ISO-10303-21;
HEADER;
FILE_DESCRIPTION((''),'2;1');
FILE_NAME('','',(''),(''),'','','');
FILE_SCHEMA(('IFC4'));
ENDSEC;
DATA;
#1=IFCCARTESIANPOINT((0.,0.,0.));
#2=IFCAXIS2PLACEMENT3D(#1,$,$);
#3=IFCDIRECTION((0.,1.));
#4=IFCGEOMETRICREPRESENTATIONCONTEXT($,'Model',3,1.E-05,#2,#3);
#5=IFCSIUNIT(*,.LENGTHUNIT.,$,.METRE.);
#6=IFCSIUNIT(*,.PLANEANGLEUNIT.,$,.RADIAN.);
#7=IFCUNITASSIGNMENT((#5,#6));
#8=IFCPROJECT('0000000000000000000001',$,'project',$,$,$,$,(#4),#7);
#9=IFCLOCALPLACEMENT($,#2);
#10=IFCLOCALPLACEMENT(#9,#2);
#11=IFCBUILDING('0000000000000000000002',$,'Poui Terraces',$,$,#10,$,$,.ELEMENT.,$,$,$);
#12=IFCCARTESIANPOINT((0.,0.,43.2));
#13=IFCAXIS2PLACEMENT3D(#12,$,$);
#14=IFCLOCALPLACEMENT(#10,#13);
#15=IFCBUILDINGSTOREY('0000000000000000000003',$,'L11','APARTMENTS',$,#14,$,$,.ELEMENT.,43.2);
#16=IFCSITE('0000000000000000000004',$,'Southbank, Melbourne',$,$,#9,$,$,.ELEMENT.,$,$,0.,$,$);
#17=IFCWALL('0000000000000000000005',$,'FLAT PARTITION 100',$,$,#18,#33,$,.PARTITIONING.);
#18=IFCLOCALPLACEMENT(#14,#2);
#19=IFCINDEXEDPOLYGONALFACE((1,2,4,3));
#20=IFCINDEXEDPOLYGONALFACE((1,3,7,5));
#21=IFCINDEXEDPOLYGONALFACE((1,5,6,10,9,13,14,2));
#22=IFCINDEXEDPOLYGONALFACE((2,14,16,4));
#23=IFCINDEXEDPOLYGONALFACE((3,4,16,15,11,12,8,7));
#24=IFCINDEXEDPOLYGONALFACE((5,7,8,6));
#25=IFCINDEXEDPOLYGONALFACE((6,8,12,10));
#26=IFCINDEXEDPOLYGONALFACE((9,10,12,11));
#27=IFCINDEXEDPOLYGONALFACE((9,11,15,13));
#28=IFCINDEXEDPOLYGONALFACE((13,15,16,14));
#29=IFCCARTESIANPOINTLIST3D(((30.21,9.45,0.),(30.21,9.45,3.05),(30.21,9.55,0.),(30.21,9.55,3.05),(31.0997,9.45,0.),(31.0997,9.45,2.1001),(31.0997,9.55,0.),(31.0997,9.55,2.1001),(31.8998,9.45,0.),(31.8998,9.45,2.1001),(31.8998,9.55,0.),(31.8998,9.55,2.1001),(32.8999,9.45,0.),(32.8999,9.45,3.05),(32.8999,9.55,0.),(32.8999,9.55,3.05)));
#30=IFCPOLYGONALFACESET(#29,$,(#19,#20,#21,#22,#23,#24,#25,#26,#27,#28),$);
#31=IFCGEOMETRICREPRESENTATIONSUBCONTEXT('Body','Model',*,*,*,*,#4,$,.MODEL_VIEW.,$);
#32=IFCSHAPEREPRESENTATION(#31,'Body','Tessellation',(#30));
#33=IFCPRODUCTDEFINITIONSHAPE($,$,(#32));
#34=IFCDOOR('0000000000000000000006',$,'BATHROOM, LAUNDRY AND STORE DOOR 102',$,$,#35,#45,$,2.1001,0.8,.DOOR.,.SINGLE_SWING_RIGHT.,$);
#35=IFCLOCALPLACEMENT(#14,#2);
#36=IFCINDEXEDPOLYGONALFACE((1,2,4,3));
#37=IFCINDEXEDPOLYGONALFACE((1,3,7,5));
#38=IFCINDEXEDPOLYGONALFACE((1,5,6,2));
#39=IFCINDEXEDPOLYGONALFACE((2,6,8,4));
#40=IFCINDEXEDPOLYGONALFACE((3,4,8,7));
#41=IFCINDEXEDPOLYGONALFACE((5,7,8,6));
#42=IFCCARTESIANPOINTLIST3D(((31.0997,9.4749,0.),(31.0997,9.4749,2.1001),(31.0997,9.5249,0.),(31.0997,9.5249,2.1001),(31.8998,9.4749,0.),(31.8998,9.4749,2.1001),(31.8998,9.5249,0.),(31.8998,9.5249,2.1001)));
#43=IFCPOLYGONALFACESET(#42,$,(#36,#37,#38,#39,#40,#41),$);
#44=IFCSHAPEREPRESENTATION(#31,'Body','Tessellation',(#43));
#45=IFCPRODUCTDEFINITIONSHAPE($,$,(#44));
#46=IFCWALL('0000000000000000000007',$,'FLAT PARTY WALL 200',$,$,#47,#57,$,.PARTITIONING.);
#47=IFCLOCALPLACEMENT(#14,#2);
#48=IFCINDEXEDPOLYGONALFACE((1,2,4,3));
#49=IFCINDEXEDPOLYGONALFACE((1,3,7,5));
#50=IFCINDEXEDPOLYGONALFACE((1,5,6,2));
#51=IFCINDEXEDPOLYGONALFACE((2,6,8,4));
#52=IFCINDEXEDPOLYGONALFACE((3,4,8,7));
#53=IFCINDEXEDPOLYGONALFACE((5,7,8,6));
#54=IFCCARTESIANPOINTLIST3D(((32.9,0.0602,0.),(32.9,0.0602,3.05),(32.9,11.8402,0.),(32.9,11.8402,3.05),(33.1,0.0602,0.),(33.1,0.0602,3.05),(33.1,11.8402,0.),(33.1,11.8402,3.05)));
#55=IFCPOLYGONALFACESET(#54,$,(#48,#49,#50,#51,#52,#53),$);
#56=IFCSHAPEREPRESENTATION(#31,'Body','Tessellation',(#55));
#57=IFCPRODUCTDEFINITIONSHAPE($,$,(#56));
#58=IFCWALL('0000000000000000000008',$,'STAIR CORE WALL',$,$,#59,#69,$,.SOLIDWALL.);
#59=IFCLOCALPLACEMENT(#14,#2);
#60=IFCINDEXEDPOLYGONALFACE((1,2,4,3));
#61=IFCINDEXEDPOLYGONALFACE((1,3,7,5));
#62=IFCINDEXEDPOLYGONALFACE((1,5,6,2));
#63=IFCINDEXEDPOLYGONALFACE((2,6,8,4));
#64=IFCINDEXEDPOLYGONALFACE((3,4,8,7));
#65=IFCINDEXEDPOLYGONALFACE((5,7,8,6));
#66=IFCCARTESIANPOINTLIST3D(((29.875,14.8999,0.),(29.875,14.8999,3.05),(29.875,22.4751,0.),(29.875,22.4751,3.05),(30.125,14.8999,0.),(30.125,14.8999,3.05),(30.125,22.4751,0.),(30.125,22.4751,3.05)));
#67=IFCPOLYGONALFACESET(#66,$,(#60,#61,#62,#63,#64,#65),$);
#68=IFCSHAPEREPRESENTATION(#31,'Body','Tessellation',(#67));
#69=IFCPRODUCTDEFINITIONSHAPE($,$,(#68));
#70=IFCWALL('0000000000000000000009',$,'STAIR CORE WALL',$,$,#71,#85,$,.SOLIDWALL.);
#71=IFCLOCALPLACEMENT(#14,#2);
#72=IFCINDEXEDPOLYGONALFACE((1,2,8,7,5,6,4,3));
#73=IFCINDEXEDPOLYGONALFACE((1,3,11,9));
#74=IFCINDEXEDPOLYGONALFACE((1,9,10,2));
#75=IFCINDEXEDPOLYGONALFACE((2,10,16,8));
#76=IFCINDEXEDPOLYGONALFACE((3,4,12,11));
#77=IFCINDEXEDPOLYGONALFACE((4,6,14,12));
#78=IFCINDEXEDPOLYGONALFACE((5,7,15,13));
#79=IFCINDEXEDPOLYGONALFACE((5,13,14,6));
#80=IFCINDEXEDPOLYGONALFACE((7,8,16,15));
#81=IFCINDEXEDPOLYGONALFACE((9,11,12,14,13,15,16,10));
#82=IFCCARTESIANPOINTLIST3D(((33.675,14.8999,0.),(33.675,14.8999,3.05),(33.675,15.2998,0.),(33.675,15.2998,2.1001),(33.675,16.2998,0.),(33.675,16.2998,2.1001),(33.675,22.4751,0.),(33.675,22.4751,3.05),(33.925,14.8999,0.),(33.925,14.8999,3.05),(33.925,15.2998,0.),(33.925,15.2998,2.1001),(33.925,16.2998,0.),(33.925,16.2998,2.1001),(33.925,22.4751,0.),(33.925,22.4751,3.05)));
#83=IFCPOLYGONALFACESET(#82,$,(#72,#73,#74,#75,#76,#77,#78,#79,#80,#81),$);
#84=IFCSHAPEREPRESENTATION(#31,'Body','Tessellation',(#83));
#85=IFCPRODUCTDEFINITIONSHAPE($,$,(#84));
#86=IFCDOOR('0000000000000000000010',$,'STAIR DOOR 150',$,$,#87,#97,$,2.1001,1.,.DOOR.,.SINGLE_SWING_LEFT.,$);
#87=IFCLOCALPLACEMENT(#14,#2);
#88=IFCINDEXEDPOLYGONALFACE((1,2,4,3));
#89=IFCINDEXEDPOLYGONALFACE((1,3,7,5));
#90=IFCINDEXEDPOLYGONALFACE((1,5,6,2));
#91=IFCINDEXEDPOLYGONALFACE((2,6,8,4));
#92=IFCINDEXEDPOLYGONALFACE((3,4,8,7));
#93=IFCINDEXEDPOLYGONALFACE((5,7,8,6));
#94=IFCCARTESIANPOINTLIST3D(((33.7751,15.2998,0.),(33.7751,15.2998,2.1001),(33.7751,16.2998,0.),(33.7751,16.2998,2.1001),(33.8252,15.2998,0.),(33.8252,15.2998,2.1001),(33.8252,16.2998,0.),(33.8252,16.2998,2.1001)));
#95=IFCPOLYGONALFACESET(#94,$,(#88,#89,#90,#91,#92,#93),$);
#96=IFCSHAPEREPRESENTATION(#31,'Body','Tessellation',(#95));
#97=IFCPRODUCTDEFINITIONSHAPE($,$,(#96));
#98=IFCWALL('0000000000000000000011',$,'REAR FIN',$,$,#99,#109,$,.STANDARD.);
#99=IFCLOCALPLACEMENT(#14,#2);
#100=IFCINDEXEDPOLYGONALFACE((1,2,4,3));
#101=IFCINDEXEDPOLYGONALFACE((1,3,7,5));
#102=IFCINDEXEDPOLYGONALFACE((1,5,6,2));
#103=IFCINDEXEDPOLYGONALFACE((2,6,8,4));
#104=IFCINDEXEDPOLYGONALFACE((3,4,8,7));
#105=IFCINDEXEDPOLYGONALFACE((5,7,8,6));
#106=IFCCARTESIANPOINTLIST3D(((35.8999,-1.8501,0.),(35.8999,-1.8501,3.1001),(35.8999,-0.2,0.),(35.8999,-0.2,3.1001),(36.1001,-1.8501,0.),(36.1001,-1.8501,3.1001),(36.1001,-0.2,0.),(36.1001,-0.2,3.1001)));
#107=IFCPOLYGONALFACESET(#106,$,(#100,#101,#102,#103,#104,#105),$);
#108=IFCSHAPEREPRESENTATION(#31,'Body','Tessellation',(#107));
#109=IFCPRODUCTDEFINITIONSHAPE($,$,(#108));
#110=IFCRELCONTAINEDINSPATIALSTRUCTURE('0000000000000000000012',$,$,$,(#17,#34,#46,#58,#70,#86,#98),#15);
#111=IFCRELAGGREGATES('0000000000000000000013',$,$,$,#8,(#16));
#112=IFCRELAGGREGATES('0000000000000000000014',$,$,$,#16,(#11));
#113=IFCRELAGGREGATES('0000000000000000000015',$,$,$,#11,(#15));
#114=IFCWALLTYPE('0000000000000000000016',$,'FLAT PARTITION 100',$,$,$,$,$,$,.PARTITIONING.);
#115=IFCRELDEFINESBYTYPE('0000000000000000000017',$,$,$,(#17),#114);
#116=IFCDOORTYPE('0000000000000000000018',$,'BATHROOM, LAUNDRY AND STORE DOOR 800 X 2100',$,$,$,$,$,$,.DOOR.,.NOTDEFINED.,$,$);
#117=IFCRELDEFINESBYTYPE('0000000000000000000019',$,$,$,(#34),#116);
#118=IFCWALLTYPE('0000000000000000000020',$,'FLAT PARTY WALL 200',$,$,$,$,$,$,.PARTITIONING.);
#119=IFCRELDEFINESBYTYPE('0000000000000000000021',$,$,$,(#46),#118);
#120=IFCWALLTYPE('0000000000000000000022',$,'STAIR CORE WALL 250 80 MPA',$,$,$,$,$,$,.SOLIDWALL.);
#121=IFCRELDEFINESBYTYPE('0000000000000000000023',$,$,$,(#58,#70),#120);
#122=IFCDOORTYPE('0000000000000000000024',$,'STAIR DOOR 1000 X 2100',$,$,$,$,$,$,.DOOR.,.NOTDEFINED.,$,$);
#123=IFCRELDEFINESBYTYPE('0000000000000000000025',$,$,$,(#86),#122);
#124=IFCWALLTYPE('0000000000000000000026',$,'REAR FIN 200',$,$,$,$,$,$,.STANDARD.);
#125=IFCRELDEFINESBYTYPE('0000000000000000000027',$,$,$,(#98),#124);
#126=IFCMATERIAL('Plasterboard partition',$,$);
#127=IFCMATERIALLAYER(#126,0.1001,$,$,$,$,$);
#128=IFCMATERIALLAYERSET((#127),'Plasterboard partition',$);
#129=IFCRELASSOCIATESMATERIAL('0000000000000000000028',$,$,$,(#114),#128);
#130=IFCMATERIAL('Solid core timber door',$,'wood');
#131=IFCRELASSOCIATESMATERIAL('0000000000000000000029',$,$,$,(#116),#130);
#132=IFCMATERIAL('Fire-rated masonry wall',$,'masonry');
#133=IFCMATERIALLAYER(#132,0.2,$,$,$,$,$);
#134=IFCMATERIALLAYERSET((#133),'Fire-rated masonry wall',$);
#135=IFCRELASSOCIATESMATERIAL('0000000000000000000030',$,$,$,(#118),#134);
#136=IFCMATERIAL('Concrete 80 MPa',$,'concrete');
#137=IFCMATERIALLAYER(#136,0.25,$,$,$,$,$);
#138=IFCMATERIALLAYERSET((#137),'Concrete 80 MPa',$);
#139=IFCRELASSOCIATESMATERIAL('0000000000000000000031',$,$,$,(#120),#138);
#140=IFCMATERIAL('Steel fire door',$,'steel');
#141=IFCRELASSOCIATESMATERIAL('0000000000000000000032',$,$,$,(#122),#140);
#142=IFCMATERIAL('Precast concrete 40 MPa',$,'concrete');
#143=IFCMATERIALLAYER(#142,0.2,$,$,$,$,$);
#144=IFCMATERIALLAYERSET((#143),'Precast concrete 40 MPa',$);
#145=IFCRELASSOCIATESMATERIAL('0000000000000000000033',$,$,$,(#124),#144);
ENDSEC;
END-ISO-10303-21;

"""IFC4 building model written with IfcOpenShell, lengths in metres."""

from ifc_helpers import new_model, si_unit, direction, frame, frame_2d, origin, place, context, subcontext, project, spatial, polyline, rectangle, outline, extrude, source, transform, mapped, material, layer, layer_set, type_object, element, fill, save


model = new_model("IFC4")

# Units and contexts
model_context = context("Model", 3, precision=1e-05, world=origin(), true_north=direction((0.0, 1.0)))
body_context = subcontext(model_context, "Body", "Model", "MODEL_VIEW")
ifc_project = project(units=[si_unit("LENGTHUNIT", "METRE"), si_unit("PLANEANGLEUNIT", "RADIAN")], contexts=[model_context])

# Site, building, storey
site_placement = place(None, origin())
site = spatial("IfcSite", under=ifc_project, at=site_placement, Name="Southbank, Melbourne", CompositionType="ELEMENT", RefElevation=0.0)
building_placement = place(site_placement, origin())
building = spatial("IfcBuilding", under=site, at=building_placement, Name="Poui Terraces", CompositionType="ELEMENT")
storey_placement = place(building_placement, frame((0.0, 0.0, 43.2)))
storey = spatial("IfcBuildingStorey", under=building, at=storey_placement, Name="L11", Description="APARTMENTS", CompositionType="ELEMENT", Elevation=43.2)

# Shared definitions
ifc_material_1 = material(Name="Concrete 80 MPa", Category="concrete")

# Shared definitions
ifc_material_2 = material(Name="Precast concrete 40 MPa", Category="concrete")

# Wall, opening, door
ifc_material_3 = material(Name="Steel fire door", Category="steel")
ifc_material_4 = material(Name="Solid core timber door", Category="wood")
ifc_material_5 = material(Name="Plasterboard partition")
ifc_layer_1 = layer(ifc_material_5, 0.1001)
ifc_layer_set_1 = layer_set([ifc_layer_1], Name="Plasterboard partition")
wall_type_1 = type_object("IfcWallType", Name="FLAT PARTITION 100", PredefinedType="PARTITIONING", material=ifc_layer_set_1)
door_type_1 = type_object("IfcDoorType", Name="BATHROOM, LAUNDRY AND STORE DOOR 800 X 2100", OperationType="NOTDEFINED", PredefinedType="DOOR", material=ifc_material_4)
wall_1_placement = place(storey_placement, frame((30.21, 9.5, 0.0), z_axis=(0.0, 0.0, 1.0), x_axis=(1.0, 0.0, 0.0)))
wall_1 = element("IfcWall", 1, at=wall_1_placement, inside=storey, type_object=wall_type_1, Name="FLAT PARTITION 100", PredefinedType="PARTITIONING", context=body_context, shape_type="SweptSolid", body=[
    extrude(rectangle(XDim=2.6899, YDim=0.1001, at=frame_2d((1.345, 0.0))), origin(), (0.0, 0.0, 1.0), 3.05),
])
opening_1_placement = place(wall_1_placement, frame((0.8899, 0.0, 0.0)))
opening_1 = element("IfcOpeningElement", 2, at=opening_1_placement, cuts=wall_1, PredefinedType="OPENING", context=body_context, shape_type="SweptSolid", body=[
    extrude(rectangle(XDim=0.8, YDim=2.1001, at=frame_2d((0.3999, 1.05))), frame((0.0, 0.0601, 0.0), z_axis=(0.0, -1.0, 0.0), x_axis=(1.0, 0.0, 0.0)), (0.0, 0.0, 1.0), 0.1201),
])
door_1_placement = place(opening_1_placement, origin())
door_1 = element("IfcDoor", 3, at=door_1_placement, inside=storey, type_object=door_type_1, Name="BATHROOM, LAUNDRY AND STORE DOOR 102", OperationType="SINGLE_SWING_RIGHT", OverallHeight=2.1001, OverallWidth=0.8, PredefinedType="DOOR", context=body_context, shape_type="SweptSolid", body=[
    extrude(rectangle(XDim=0.8, YDim=2.1001, at=frame_2d((0.3999, 1.05))), frame((0.0, 0.0249, 0.0), z_axis=(0.0, -1.0, 0.0), x_axis=(1.0, 0.0, 0.0)), (0.0, 0.0, 1.0), 0.05),
])
fill(opening_1, door_1)

# Walls
ifc_material_6 = material(Name="Fire-rated masonry wall", Category="masonry")
ifc_layer_2 = layer(ifc_material_6, 0.2)
ifc_layer_set_2 = layer_set([ifc_layer_2], Name="Fire-rated masonry wall")
wall_type_2 = type_object("IfcWallType", Name="FLAT PARTY WALL 200", PredefinedType="PARTITIONING", material=ifc_layer_set_2)
wall_2_placement = place(storey_placement, frame((33.0, 0.0601, 0.0), z_axis=(0.0, 0.0, 1.0), x_axis=(0.0, 1.0, 0.0)))
element("IfcWall", 4, at=wall_2_placement, inside=storey, type_object=wall_type_2, Name="FLAT PARTY WALL 200", PredefinedType="PARTITIONING", context=body_context, shape_type="SweptSolid", body=[
    extrude(rectangle(XDim=11.78, YDim=0.2, at=frame_2d((5.8901, 0.0))), origin(), (0.0, 0.0, 1.0), 3.05),
])
ifc_layer_3 = layer(ifc_material_1, 0.25)
ifc_layer_set_3 = layer_set([ifc_layer_3], Name="Concrete 80 MPa")
wall_type_3 = type_object("IfcWallType", Name="STAIR CORE WALL 250 80 MPA", PredefinedType="SOLIDWALL", material=ifc_layer_set_3)
wall_3_placement = place(storey_placement, frame((30.0, 14.8999, 0.0), z_axis=(0.0, 0.0, 1.0), x_axis=(0.0, 1.0, 0.0)))
element("IfcWall", 5, at=wall_3_placement, inside=storey, type_object=wall_type_3, Name="STAIR CORE WALL", PredefinedType="SOLIDWALL", context=body_context, shape_type="SweptSolid", body=[
    extrude(rectangle(XDim=7.5752, YDim=0.25, at=frame_2d((3.7876, 0.0))), origin(), (0.0, 0.0, 1.0), 3.05),
])

# Wall, opening, door
wall_4_placement = place(storey_placement, frame((33.8, 14.8999, 0.0), z_axis=(0.0, 0.0, 1.0), x_axis=(0.0, 1.0, 0.0)))
wall_4 = element("IfcWall", 6, at=wall_4_placement, inside=storey, type_object=wall_type_3, Name="STAIR CORE WALL", PredefinedType="SOLIDWALL", context=body_context, shape_type="SweptSolid", body=[
    extrude(rectangle(XDim=7.5752, YDim=0.25, at=frame_2d((3.7876, 0.0))), origin(), (0.0, 0.0, 1.0), 3.05),
])
opening_2_placement = place(wall_4_placement, frame((0.3999, 0.0, 0.0)))
opening_2 = element("IfcOpeningElement", 7, at=opening_2_placement, cuts=wall_4, PredefinedType="OPENING", context=body_context, shape_type="SweptSolid", body=[
    extrude(rectangle(XDim=1.0, YDim=2.1001, at=frame_2d((0.5, 1.05))), frame((0.0, 0.135, 0.0), z_axis=(0.0, -1.0, 0.0), x_axis=(1.0, 0.0, 0.0)), (0.0, 0.0, 1.0), 0.27),
])
door_type_2 = type_object("IfcDoorType", Name="STAIR DOOR 1000 X 2100", OperationType="NOTDEFINED", PredefinedType="DOOR", material=ifc_material_3)
door_2_placement = place(opening_2_placement, origin())
door_2 = element("IfcDoor", 8, at=door_2_placement, inside=storey, type_object=door_type_2, Name="STAIR DOOR 150", OperationType="SINGLE_SWING_LEFT", OverallHeight=2.1001, OverallWidth=1.0, PredefinedType="DOOR", context=body_context, shape_type="SweptSolid", body=[
    extrude(rectangle(XDim=1.0, YDim=2.1001, at=frame_2d((0.5, 1.05))), frame((0.0, 0.0249, 0.0), z_axis=(0.0, -1.0, 0.0), x_axis=(1.0, 0.0, 0.0)), (0.0, 0.0, 1.0), 0.05),
])
fill(opening_2, door_2)

# Wall
ifc_layer_4 = layer(ifc_material_2, 0.2)
ifc_layer_set_4 = layer_set([ifc_layer_4], Name="Precast concrete 40 MPa")
wall_type_4 = type_object("IfcWallType", Name="REAR FIN 200", PredefinedType="STANDARD", material=ifc_layer_set_4)
shared_shape_1 = source(origin(), body_context, "Body", "SweptSolid", [
    extrude(outline(polyline([(0.0, 0.0), (0.2002, 0.0), (0.2002, 1.6501), (0.0, 1.6501), (0.0, 0.0)])), origin(), (0.0, 0.0, 1.0), 3.1001),
])
wall_5_placement = place(storey_placement, frame((35.8999, -1.8501, 0.0)))
element("IfcWall", 9, at=wall_5_placement, inside=storey, type_object=wall_type_4, Name="REAR FIN", PredefinedType="STANDARD", context=body_context, shape_type="MappedRepresentation", body=[
    mapped(shared_shape_1, transform((0.0, 0.0, 0.0))),
])

save(model, "model.ifc")
